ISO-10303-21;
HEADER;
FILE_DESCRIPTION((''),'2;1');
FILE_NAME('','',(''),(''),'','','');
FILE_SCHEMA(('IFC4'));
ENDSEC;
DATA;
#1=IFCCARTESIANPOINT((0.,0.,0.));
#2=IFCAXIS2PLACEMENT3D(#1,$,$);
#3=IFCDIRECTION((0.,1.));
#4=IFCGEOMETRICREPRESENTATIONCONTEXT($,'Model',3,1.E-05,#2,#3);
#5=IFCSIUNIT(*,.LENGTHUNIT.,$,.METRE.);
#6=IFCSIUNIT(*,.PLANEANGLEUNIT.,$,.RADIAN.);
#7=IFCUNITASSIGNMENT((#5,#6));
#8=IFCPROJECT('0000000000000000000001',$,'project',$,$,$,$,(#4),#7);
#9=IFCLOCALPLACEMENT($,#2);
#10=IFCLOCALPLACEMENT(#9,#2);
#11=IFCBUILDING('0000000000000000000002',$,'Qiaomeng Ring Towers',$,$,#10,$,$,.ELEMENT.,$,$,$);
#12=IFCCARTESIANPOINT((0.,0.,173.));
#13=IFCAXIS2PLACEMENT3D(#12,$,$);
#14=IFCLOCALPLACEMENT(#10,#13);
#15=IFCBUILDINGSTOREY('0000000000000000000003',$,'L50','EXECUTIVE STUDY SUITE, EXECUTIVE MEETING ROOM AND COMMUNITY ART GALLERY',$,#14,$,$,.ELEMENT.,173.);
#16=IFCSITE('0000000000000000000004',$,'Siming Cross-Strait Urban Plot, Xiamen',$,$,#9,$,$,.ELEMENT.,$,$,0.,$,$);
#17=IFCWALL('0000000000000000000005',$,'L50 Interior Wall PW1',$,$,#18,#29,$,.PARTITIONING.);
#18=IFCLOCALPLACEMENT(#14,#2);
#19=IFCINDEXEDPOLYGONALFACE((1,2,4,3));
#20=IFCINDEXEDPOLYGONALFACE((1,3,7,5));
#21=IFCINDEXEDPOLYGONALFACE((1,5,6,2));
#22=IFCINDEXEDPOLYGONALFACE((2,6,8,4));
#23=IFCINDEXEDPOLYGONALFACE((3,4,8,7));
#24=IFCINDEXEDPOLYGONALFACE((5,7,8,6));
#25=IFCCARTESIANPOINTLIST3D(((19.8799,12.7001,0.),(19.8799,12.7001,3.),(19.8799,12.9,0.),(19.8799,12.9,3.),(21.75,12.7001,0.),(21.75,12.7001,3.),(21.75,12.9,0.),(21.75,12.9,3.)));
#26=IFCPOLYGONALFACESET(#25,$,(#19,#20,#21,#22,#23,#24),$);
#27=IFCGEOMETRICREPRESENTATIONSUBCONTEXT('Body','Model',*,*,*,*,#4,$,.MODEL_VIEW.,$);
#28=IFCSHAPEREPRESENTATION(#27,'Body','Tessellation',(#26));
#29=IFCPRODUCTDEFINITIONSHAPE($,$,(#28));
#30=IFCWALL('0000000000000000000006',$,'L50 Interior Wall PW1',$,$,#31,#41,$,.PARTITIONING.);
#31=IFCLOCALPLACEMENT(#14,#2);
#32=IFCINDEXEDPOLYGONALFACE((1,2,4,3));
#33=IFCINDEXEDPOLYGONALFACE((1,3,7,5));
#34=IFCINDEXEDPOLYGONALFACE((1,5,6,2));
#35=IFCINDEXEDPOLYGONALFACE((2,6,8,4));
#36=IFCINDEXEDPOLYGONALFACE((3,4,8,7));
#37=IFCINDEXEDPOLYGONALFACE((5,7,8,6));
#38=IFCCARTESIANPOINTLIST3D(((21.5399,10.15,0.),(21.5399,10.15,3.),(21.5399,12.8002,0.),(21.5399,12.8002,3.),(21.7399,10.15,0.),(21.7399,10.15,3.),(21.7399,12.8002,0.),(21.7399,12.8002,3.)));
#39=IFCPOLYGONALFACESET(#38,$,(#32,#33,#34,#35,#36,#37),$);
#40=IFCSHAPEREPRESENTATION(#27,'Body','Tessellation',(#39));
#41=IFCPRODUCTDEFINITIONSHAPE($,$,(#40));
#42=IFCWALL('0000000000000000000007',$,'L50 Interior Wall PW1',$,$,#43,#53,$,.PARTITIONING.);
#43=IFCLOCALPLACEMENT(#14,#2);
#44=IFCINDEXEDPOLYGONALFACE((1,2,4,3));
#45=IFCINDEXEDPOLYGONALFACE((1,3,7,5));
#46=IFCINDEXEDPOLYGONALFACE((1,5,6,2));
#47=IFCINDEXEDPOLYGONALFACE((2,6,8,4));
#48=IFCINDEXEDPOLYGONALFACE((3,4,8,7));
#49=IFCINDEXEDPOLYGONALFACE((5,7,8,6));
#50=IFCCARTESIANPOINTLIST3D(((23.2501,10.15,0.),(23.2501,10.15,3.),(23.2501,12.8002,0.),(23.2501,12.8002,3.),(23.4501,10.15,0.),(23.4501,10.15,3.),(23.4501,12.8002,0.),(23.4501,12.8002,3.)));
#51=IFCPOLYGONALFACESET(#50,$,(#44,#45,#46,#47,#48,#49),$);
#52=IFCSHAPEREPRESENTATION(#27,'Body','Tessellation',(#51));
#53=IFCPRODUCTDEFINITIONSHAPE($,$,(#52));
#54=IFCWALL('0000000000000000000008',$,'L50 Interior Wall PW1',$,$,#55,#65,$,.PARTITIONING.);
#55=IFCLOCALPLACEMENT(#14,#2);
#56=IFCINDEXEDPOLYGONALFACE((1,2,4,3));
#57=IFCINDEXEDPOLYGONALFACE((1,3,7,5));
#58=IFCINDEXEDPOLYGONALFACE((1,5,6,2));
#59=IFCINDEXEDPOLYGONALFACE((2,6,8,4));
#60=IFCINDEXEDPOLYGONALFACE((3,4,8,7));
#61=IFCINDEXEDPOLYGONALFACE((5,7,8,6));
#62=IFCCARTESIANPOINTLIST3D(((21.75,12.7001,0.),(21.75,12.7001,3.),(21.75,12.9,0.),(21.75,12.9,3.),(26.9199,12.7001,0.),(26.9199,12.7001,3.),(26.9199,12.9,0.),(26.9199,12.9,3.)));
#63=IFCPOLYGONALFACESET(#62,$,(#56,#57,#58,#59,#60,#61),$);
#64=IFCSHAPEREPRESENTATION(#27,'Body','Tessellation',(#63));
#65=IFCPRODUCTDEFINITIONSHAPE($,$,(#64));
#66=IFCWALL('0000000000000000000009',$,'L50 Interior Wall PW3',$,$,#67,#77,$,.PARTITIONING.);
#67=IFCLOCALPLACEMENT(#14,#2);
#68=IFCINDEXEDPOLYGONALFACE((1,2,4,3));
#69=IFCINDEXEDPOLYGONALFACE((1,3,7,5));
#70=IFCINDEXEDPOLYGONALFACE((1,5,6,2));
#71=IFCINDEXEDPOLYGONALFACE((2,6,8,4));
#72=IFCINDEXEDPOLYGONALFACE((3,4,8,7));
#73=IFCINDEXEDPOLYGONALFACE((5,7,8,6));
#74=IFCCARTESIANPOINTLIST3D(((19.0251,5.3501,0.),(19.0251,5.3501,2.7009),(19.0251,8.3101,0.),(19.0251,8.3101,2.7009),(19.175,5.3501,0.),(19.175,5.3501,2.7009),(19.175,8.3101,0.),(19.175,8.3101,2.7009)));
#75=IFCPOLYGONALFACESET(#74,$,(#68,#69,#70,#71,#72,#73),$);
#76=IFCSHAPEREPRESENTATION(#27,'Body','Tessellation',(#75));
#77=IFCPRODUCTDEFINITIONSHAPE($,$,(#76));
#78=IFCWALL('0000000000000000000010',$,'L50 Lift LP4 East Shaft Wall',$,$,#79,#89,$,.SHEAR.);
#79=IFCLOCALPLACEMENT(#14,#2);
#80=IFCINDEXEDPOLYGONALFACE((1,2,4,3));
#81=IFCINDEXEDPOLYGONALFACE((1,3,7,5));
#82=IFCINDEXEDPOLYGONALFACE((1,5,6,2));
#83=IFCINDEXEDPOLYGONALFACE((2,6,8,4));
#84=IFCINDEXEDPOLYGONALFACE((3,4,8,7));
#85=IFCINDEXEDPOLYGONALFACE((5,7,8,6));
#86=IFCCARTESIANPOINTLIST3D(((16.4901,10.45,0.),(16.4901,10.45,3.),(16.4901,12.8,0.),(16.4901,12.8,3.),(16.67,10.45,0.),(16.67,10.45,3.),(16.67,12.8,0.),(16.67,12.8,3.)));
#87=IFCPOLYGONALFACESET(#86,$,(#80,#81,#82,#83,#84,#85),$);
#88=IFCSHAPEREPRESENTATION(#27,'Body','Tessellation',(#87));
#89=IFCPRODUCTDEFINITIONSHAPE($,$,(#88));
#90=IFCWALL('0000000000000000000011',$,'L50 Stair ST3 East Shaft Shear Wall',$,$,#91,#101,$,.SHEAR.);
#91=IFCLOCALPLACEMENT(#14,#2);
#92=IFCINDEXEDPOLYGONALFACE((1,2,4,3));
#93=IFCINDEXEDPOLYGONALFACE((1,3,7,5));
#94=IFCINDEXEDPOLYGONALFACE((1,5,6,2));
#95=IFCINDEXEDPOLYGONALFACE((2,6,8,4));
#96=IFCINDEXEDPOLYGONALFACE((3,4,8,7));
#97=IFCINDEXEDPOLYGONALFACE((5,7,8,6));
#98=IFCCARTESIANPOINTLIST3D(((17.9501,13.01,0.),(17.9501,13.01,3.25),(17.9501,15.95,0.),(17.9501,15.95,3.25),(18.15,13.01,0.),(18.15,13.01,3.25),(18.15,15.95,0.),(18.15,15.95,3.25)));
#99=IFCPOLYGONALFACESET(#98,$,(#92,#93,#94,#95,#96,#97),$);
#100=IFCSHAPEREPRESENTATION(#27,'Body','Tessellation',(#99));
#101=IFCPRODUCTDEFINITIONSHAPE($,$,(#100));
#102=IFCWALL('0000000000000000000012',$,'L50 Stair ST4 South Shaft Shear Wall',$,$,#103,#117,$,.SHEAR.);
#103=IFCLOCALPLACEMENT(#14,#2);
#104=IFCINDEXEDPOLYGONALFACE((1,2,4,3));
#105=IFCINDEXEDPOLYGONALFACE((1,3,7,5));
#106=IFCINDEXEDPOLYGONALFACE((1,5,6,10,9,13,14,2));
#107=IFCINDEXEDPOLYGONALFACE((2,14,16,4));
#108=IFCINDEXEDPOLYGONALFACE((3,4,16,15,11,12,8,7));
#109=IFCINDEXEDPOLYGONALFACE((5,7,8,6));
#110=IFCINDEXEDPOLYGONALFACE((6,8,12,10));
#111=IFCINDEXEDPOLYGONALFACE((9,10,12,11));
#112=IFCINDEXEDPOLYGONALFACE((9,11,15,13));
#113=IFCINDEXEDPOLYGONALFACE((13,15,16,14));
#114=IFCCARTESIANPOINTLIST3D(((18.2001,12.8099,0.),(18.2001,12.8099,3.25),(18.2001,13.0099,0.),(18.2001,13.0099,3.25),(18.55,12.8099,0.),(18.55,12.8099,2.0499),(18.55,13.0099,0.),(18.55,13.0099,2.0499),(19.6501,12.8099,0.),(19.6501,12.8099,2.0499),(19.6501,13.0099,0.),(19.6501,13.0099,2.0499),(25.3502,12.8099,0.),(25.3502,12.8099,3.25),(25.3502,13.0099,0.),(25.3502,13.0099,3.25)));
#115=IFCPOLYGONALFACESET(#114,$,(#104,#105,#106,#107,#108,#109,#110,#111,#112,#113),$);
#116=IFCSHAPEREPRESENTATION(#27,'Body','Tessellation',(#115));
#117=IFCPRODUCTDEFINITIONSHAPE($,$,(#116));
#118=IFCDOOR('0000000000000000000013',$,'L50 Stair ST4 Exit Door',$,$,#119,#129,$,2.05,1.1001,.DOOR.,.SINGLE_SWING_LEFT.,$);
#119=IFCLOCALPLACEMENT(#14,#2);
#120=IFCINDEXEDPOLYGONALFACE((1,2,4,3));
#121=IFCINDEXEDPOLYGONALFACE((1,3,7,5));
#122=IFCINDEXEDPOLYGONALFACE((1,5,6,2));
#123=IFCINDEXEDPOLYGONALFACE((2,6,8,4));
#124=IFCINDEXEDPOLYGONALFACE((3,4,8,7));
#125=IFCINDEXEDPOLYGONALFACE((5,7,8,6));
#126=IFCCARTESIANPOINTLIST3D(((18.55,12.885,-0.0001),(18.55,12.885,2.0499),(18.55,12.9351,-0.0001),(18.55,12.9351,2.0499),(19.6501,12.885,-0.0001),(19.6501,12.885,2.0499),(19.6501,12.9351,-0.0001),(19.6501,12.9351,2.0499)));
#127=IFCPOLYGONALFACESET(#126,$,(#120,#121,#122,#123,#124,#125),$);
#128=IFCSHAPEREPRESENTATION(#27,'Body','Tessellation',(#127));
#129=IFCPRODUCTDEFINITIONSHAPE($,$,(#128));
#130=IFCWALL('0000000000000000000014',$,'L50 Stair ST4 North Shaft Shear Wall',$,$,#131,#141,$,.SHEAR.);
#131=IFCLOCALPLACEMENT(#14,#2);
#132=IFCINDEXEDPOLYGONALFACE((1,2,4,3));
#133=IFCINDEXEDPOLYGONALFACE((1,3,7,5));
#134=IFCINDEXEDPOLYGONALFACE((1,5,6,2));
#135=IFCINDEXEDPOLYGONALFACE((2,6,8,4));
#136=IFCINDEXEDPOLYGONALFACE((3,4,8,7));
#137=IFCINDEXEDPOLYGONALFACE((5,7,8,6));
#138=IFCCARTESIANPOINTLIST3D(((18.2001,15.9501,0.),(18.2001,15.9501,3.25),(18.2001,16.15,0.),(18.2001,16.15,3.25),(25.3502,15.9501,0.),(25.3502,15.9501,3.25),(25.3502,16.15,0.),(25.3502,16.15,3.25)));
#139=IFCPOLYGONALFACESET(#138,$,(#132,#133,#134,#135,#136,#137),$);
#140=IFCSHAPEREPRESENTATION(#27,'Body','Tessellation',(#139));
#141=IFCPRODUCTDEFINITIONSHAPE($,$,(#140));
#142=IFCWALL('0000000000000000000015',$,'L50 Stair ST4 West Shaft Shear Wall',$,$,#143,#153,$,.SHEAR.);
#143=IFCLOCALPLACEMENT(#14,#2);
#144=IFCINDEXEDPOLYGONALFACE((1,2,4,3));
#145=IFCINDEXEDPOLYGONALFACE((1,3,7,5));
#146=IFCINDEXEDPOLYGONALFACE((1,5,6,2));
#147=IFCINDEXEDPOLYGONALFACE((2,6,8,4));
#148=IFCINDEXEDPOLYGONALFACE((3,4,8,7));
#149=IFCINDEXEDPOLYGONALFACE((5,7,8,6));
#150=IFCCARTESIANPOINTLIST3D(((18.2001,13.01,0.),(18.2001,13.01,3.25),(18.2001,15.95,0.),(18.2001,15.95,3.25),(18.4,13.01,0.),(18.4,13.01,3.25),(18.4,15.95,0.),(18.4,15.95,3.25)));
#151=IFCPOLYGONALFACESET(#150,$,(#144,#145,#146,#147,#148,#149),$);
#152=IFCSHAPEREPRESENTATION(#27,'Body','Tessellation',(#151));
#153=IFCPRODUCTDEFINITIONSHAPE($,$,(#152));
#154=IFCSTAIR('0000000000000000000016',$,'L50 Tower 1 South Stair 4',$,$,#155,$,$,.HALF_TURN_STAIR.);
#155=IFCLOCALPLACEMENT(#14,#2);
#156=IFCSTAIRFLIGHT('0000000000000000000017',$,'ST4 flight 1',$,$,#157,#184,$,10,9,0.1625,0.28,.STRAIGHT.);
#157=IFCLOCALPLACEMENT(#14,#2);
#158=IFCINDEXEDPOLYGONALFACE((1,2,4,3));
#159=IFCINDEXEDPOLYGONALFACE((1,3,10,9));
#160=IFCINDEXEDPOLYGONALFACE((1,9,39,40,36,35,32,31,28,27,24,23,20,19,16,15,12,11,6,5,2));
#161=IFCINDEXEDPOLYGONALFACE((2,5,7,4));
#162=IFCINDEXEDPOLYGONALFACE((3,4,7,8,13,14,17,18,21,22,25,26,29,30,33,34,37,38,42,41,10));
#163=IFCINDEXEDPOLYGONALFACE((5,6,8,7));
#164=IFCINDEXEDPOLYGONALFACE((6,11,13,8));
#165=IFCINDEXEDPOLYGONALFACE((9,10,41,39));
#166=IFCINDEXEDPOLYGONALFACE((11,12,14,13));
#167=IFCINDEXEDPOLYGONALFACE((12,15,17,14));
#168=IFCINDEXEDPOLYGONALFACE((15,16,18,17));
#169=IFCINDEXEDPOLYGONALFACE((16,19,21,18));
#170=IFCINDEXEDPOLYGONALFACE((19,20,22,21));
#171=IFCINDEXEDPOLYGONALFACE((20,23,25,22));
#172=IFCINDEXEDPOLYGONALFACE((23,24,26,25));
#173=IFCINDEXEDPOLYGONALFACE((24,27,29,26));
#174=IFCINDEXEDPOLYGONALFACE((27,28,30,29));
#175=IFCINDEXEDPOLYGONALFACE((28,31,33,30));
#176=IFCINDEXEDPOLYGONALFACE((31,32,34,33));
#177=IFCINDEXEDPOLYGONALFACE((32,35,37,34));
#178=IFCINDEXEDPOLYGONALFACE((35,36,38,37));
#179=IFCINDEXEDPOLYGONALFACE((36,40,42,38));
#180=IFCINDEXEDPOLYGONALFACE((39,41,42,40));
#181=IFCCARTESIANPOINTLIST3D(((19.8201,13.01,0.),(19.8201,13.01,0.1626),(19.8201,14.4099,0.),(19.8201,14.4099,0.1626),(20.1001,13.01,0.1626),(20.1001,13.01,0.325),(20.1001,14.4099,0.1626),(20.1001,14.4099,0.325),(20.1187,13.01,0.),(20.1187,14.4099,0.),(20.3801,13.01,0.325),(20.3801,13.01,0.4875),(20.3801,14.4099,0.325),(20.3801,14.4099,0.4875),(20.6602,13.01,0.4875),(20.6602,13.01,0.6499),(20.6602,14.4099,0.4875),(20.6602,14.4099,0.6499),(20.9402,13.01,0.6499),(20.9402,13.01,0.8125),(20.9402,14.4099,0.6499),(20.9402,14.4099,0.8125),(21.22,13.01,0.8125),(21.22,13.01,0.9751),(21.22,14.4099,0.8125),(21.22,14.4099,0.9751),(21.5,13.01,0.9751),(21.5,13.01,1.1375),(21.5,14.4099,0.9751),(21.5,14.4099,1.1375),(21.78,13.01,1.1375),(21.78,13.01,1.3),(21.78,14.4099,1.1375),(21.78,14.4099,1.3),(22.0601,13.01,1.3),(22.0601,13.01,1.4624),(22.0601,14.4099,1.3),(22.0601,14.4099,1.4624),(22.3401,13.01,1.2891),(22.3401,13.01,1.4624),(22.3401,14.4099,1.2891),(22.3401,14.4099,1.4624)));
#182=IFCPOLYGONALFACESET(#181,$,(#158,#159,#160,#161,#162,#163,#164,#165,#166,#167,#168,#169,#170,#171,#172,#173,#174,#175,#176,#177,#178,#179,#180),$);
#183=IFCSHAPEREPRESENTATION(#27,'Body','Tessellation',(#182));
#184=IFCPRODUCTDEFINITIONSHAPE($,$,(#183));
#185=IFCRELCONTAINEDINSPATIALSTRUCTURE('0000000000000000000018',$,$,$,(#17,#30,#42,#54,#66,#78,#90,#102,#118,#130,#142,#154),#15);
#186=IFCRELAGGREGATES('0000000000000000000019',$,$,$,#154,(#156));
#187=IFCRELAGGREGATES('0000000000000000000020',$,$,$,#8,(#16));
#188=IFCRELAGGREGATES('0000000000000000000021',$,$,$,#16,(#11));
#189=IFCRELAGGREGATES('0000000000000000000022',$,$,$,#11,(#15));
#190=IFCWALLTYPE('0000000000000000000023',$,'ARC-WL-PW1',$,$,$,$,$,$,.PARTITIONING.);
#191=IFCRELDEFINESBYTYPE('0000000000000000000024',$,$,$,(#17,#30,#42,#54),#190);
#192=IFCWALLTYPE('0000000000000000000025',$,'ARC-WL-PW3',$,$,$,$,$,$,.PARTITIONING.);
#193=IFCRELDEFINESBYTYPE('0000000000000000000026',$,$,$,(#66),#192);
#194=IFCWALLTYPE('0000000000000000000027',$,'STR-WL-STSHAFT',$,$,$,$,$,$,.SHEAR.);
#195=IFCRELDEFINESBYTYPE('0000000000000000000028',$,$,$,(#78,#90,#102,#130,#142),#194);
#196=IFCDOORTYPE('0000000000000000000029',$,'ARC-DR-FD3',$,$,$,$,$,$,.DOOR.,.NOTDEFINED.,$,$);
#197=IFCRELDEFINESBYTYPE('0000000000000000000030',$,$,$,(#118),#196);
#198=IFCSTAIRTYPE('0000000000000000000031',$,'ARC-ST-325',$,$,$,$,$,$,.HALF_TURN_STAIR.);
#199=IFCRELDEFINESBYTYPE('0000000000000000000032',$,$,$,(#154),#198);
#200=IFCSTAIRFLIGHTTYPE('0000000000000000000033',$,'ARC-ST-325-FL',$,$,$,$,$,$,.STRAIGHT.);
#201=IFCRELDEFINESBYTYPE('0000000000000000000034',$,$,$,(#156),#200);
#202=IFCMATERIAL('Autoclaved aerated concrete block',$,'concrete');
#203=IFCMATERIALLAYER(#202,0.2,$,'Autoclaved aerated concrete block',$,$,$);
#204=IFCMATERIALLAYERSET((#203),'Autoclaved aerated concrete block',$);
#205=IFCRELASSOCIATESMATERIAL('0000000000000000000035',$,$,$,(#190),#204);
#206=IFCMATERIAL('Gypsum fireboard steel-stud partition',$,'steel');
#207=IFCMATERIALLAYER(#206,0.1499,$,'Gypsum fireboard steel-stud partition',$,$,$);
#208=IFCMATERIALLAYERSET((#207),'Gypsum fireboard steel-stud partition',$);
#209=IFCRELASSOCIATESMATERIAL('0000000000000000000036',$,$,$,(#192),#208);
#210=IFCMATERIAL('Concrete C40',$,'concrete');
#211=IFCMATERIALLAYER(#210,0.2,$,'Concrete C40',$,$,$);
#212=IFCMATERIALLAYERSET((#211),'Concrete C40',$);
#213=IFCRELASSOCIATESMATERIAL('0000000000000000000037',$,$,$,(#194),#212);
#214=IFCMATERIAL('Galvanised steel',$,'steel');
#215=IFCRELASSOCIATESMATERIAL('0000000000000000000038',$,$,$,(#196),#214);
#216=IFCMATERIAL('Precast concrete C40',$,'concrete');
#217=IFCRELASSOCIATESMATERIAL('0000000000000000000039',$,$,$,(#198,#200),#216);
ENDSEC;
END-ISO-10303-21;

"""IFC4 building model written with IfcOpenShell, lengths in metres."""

from ifc_helpers import new_model, si_unit, direction, frame, frame_2d, origin, place, context, subcontext, project, spatial, polyline, rectangle, outline, extrude, source, transform, mapped, material, layer, layer_set, type_object, element, fill, aggregate, save


model = new_model("IFC4")

# Units and contexts
model_context = context("Model", 3, precision=1e-05, world=origin(), true_north=direction((0.0, 1.0)))
body_context = subcontext(model_context, "Body", "Model", "MODEL_VIEW")
ifc_project = project(units=[si_unit("LENGTHUNIT", "METRE"), si_unit("PLANEANGLEUNIT", "RADIAN")], contexts=[model_context])

# Site, building, storey
site_placement = place(None, origin())
site = spatial("IfcSite", under=ifc_project, at=site_placement, Name="Siming Cross-Strait Urban Plot, Xiamen", CompositionType="ELEMENT", RefElevation=0.0)
building_placement = place(site_placement, origin())
building = spatial("IfcBuilding", under=site, at=building_placement, Name="Qiaomeng Ring Towers", CompositionType="ELEMENT")
storey_placement = place(building_placement, frame((0.0, 0.0, 173.0)))
storey = spatial("IfcBuildingStorey", under=building, at=storey_placement, Name="L50", Description="EXECUTIVE STUDY SUITE, EXECUTIVE MEETING ROOM AND COMMUNITY ART GALLERY", CompositionType="ELEMENT", Elevation=173.0)

# Walls
ifc_material_1 = material(Name="Autoclaved aerated concrete block", Category="concrete")
ifc_layer_1 = layer(ifc_material_1, 0.2, Name="Autoclaved aerated concrete block")
ifc_layer_set_1 = layer_set([ifc_layer_1], Name="Autoclaved aerated concrete block")
wall_type_1 = type_object("IfcWallType", Name="ARC-WL-PW1", PredefinedType="PARTITIONING", material=ifc_layer_set_1)
wall_1_placement = place(storey_placement, frame((19.8799, 12.8, 0.0), z_axis=(0.0, 0.0, 1.0), x_axis=(1.0, 0.0, 0.0)))
element("IfcWall", 1, at=wall_1_placement, inside=storey, type_object=wall_type_1, Name="L50 Interior Wall PW1", PredefinedType="PARTITIONING", context=body_context, shape_type="SweptSolid", body=[
    extrude(rectangle(XDim=1.8701, YDim=0.2, at=frame_2d((0.9351, 0.0))), origin(), (0.0, 0.0, 1.0), 3.0),
])
for number, where, z_axis, x_axis, name in (
    (2, (21.6399, 10.1499, 0.0), (0.0, 0.0, 1.0), (0.0, 1.0, 0.0), "L50 Interior Wall PW1"),
    (3, (23.3501, 10.1499, 0.0), (0.0, 0.0, 1.0), (0.0, 1.0, 0.0), "L50 Interior Wall PW1"),
):
    element("IfcWall", number, at=place(storey_placement, frame(where, z_axis=z_axis, x_axis=x_axis)), inside=storey, type_object=wall_type_1, Name=name, PredefinedType="PARTITIONING", context=body_context, shape_type="SweptSolid", body=[
        extrude(rectangle(XDim=2.6501, YDim=0.2, at=frame_2d((1.3252, 0.0))), origin(), (0.0, 0.0, 1.0), 3.0),
    ])
wall_2_placement = place(storey_placement, frame((21.75, 12.8, 0.0), z_axis=(0.0, 0.0, 1.0), x_axis=(1.0, 0.0, 0.0)))
element("IfcWall", 4, at=wall_2_placement, inside=storey, type_object=wall_type_1, Name="L50 Interior Wall PW1", PredefinedType="PARTITIONING", context=body_context, shape_type="SweptSolid", body=[
    extrude(rectangle(XDim=5.1699, YDim=0.2, at=frame_2d((2.585, 0.0))), origin(), (0.0, 0.0, 1.0), 3.0),
])
ifc_material_2 = material(Name="Gypsum fireboard steel-stud partition", Category="steel")
ifc_layer_2 = layer(ifc_material_2, 0.1499, Name="Gypsum fireboard steel-stud partition")
ifc_layer_set_2 = layer_set([ifc_layer_2], Name="Gypsum fireboard steel-stud partition")
wall_type_2 = type_object("IfcWallType", Name="ARC-WL-PW3", PredefinedType="PARTITIONING", material=ifc_layer_set_2)
wall_3_placement = place(storey_placement, frame((19.1001, 5.3501, 0.0), z_axis=(0.0, 0.0, 1.0), x_axis=(0.0, 1.0, 0.0)))
element("IfcWall", 5, at=wall_3_placement, inside=storey, type_object=wall_type_2, Name="L50 Interior Wall PW3", PredefinedType="PARTITIONING", context=body_context, shape_type="SweptSolid", body=[
    extrude(rectangle(XDim=2.96, YDim=0.1499, at=frame_2d((1.48, 0.0))), origin(), (0.0, 0.0, 1.0), 2.7009),
])
ifc_material_3 = material(Name="Concrete C40", Category="concrete")
ifc_layer_3 = layer(ifc_material_3, 0.2, Name="Concrete C40")
ifc_layer_set_3 = layer_set([ifc_layer_3], Name="Concrete C40")
wall_type_3 = type_object("IfcWallType", Name="STR-WL-STSHAFT", PredefinedType="SHEAR", material=ifc_layer_set_3)
wall_4_placement = place(storey_placement, frame((16.5801, 10.45, 0.0), z_axis=(0.0, 0.0, 1.0), x_axis=(0.0, 1.0, 0.0)))
element("IfcWall", 6, at=wall_4_placement, inside=storey, type_object=wall_type_3, Name="L50 Lift LP4 East Shaft Wall", PredefinedType="SHEAR", context=body_context, shape_type="SweptSolid", body=[
    extrude(rectangle(XDim=2.3501, YDim=0.1799, at=frame_2d((1.175, 0.0))), origin(), (0.0, 0.0, 1.0), 3.0),
])
wall_5_placement = place(storey_placement, frame((18.05, 13.01, 0.0), z_axis=(0.0, 0.0, 1.0), x_axis=(0.0, 1.0, 0.0)))
element("IfcWall", 7, at=wall_5_placement, inside=storey, type_object=wall_type_3, Name="L50 Stair ST3 East Shaft Shear Wall", PredefinedType="SHEAR", context=body_context, shape_type="SweptSolid", body=[
    extrude(rectangle(XDim=2.9399, YDim=0.2, at=frame_2d((1.47, 0.0))), origin(), (0.0, 0.0, 1.0), 3.25),
])

# Wall, opening, door
wall_6_placement = place(storey_placement, frame((18.2, 12.9099, 0.0), z_axis=(0.0, 0.0, 1.0), x_axis=(1.0, 0.0, 0.0)))
wall_6 = element("IfcWall", 8, at=wall_6_placement, inside=storey, type_object=wall_type_3, Name="L50 Stair ST4 South Shaft Shear Wall", PredefinedType="SHEAR", context=body_context, shape_type="SweptSolid", body=[
    extrude(rectangle(XDim=7.1501, YDim=0.2, at=frame_2d((3.5752, 0.0))), origin(), (0.0, 0.0, 1.0), 3.25),
])
opening_placement = place(wall_6_placement, frame((0.3501, 0.0, 0.0)))
opening = element("IfcOpeningElement", 9, at=opening_placement, cuts=wall_6, PredefinedType="OPENING", context=body_context, shape_type="SweptSolid", body=[
    extrude(rectangle(XDim=1.1001, YDim=2.05, at=frame_2d((0.55, 1.0249))), frame((0.0, 0.1099, 0.0), z_axis=(0.0, -1.0, 0.0), x_axis=(1.0, 0.0, 0.0)), (0.0, 0.0, 1.0), 0.22),
])
ifc_material_4 = material(Name="Galvanised steel", Category="steel")
door_type = type_object("IfcDoorType", Name="ARC-DR-FD3", OperationType="NOTDEFINED", PredefinedType="DOOR", material=ifc_material_4)
shared_shape_1 = source(origin(), body_context, "Body", "SweptSolid", [
    extrude(rectangle(XDim=1.1001, YDim=2.05, at=frame_2d((0.55, 1.0249))), frame((0.0, 0.0249, 0.0), z_axis=(0.0, -1.0, 0.0), x_axis=(1.0, 0.0, 0.0)), (0.0, 0.0, 1.0), 0.05),
])
door_placement = place(opening_placement, frame((1.1001, 0.0, 0.0), z_axis=(0.0, 0.0, 1.0), x_axis=(-1.0, 0.0, 0.0)))
door = element("IfcDoor", 10, at=door_placement, inside=storey, type_object=door_type, Name="L50 Stair ST4 Exit Door", OperationType="SINGLE_SWING_LEFT", OverallHeight=2.05, OverallWidth=1.1001, PredefinedType="DOOR", context=body_context, shape_type="MappedRepresentation", body=[
    mapped(shared_shape_1, transform((0.0, 0.0, 0.0), x_axis=(1.0, 0.0, 0.0), y_axis=(0.0, 1.0, 0.0), z_axis=(0.0, 0.0, 1.0), scale=1.0)),
])
fill(opening, door)

# Walls
wall_7_placement = place(storey_placement, frame((18.2, 16.05, 0.0), z_axis=(0.0, 0.0, 1.0), x_axis=(1.0, 0.0, 0.0)))
element("IfcWall", 11, at=wall_7_placement, inside=storey, type_object=wall_type_3, Name="L50 Stair ST4 North Shaft Shear Wall", PredefinedType="SHEAR", context=body_context, shape_type="SweptSolid", body=[
    extrude(rectangle(XDim=7.1501, YDim=0.2, at=frame_2d((3.5752, 0.0))), origin(), (0.0, 0.0, 1.0), 3.25),
])
wall_8_placement = place(storey_placement, frame((18.3, 13.01, 0.0), z_axis=(0.0, 0.0, 1.0), x_axis=(0.0, 1.0, 0.0)))
element("IfcWall", 12, at=wall_8_placement, inside=storey, type_object=wall_type_3, Name="L50 Stair ST4 West Shaft Shear Wall", PredefinedType="SHEAR", context=body_context, shape_type="SweptSolid", body=[
    extrude(rectangle(XDim=2.9399, YDim=0.2, at=frame_2d((1.47, 0.0))), origin(), (0.0, 0.0, 1.0), 3.25),
])

# Stair, stair flight
ifc_material_5 = material(Name="Precast concrete C40", Category="concrete")
stair_type = type_object("IfcStairType", Name="ARC-ST-325", PredefinedType="HALF_TURN_STAIR", material=ifc_material_5)
stair_placement = place(storey_placement, origin())
stair = element("IfcStair", 13, at=stair_placement, inside=storey, type_object=stair_type, Name="L50 Tower 1 South Stair 4", PredefinedType="HALF_TURN_STAIR")
stair_flight_type = type_object("IfcStairFlightType", Name="ARC-ST-325-FL", PredefinedType="STRAIGHT", material=ifc_material_5)
shared_shape_2 = source(origin(), body_context, "Body", "SweptSolid", [
    extrude(outline(polyline([(0.0, 0.0), (0.0, 0.1626), (0.28, 0.1626), (0.28, 0.325), (0.5601, 0.325), (0.5601, 0.4875), (0.8401, 0.4875), (0.8401, 0.6499), (1.1201, 0.6499), (1.1201, 0.8125), (1.3999, 0.8125), (1.3999, 0.9751), (1.6799, 0.9751), (1.6799, 1.1375), (1.96, 1.1375), (1.96, 1.3), (2.24, 1.3), (2.24, 1.4624), (2.52, 1.4624), (2.52, 1.625), (2.52, 1.2891), (0.2986, 0.0), (0.0, 0.0)])), frame((0.0, 0.7, 0.0), z_axis=(0.0, -1.0, 0.0), x_axis=(1.0, 0.0, 0.0)), (0.0, 0.0, 1.0), 1.3999),
])
stair_flight_1_placement = place(storey_placement, frame((19.8201, 13.71, 0.0), z_axis=(0.0, 0.0, 1.0), x_axis=(1.0, 0.0, 0.0)))
stair_flight_1 = element("IfcStairFlight", 14, at=stair_flight_1_placement, type_object=stair_flight_type, Name="ST4 flight 1", NumberOfRisers=10, NumberOfTreads=9, PredefinedType="STRAIGHT", RiserHeight=0.1625, TreadLength=0.28, context=body_context, shape_type="MappedRepresentation", body=[
    mapped(shared_shape_2, transform((0.0, 0.0, 0.0), x_axis=(1.0, 0.0, 0.0), y_axis=(0.0, 1.0, 0.0), z_axis=(0.0, 0.0, 1.0), scale=1.0)),
])
aggregate(stair, [stair_flight_1])

save(model, "model.ifc")
